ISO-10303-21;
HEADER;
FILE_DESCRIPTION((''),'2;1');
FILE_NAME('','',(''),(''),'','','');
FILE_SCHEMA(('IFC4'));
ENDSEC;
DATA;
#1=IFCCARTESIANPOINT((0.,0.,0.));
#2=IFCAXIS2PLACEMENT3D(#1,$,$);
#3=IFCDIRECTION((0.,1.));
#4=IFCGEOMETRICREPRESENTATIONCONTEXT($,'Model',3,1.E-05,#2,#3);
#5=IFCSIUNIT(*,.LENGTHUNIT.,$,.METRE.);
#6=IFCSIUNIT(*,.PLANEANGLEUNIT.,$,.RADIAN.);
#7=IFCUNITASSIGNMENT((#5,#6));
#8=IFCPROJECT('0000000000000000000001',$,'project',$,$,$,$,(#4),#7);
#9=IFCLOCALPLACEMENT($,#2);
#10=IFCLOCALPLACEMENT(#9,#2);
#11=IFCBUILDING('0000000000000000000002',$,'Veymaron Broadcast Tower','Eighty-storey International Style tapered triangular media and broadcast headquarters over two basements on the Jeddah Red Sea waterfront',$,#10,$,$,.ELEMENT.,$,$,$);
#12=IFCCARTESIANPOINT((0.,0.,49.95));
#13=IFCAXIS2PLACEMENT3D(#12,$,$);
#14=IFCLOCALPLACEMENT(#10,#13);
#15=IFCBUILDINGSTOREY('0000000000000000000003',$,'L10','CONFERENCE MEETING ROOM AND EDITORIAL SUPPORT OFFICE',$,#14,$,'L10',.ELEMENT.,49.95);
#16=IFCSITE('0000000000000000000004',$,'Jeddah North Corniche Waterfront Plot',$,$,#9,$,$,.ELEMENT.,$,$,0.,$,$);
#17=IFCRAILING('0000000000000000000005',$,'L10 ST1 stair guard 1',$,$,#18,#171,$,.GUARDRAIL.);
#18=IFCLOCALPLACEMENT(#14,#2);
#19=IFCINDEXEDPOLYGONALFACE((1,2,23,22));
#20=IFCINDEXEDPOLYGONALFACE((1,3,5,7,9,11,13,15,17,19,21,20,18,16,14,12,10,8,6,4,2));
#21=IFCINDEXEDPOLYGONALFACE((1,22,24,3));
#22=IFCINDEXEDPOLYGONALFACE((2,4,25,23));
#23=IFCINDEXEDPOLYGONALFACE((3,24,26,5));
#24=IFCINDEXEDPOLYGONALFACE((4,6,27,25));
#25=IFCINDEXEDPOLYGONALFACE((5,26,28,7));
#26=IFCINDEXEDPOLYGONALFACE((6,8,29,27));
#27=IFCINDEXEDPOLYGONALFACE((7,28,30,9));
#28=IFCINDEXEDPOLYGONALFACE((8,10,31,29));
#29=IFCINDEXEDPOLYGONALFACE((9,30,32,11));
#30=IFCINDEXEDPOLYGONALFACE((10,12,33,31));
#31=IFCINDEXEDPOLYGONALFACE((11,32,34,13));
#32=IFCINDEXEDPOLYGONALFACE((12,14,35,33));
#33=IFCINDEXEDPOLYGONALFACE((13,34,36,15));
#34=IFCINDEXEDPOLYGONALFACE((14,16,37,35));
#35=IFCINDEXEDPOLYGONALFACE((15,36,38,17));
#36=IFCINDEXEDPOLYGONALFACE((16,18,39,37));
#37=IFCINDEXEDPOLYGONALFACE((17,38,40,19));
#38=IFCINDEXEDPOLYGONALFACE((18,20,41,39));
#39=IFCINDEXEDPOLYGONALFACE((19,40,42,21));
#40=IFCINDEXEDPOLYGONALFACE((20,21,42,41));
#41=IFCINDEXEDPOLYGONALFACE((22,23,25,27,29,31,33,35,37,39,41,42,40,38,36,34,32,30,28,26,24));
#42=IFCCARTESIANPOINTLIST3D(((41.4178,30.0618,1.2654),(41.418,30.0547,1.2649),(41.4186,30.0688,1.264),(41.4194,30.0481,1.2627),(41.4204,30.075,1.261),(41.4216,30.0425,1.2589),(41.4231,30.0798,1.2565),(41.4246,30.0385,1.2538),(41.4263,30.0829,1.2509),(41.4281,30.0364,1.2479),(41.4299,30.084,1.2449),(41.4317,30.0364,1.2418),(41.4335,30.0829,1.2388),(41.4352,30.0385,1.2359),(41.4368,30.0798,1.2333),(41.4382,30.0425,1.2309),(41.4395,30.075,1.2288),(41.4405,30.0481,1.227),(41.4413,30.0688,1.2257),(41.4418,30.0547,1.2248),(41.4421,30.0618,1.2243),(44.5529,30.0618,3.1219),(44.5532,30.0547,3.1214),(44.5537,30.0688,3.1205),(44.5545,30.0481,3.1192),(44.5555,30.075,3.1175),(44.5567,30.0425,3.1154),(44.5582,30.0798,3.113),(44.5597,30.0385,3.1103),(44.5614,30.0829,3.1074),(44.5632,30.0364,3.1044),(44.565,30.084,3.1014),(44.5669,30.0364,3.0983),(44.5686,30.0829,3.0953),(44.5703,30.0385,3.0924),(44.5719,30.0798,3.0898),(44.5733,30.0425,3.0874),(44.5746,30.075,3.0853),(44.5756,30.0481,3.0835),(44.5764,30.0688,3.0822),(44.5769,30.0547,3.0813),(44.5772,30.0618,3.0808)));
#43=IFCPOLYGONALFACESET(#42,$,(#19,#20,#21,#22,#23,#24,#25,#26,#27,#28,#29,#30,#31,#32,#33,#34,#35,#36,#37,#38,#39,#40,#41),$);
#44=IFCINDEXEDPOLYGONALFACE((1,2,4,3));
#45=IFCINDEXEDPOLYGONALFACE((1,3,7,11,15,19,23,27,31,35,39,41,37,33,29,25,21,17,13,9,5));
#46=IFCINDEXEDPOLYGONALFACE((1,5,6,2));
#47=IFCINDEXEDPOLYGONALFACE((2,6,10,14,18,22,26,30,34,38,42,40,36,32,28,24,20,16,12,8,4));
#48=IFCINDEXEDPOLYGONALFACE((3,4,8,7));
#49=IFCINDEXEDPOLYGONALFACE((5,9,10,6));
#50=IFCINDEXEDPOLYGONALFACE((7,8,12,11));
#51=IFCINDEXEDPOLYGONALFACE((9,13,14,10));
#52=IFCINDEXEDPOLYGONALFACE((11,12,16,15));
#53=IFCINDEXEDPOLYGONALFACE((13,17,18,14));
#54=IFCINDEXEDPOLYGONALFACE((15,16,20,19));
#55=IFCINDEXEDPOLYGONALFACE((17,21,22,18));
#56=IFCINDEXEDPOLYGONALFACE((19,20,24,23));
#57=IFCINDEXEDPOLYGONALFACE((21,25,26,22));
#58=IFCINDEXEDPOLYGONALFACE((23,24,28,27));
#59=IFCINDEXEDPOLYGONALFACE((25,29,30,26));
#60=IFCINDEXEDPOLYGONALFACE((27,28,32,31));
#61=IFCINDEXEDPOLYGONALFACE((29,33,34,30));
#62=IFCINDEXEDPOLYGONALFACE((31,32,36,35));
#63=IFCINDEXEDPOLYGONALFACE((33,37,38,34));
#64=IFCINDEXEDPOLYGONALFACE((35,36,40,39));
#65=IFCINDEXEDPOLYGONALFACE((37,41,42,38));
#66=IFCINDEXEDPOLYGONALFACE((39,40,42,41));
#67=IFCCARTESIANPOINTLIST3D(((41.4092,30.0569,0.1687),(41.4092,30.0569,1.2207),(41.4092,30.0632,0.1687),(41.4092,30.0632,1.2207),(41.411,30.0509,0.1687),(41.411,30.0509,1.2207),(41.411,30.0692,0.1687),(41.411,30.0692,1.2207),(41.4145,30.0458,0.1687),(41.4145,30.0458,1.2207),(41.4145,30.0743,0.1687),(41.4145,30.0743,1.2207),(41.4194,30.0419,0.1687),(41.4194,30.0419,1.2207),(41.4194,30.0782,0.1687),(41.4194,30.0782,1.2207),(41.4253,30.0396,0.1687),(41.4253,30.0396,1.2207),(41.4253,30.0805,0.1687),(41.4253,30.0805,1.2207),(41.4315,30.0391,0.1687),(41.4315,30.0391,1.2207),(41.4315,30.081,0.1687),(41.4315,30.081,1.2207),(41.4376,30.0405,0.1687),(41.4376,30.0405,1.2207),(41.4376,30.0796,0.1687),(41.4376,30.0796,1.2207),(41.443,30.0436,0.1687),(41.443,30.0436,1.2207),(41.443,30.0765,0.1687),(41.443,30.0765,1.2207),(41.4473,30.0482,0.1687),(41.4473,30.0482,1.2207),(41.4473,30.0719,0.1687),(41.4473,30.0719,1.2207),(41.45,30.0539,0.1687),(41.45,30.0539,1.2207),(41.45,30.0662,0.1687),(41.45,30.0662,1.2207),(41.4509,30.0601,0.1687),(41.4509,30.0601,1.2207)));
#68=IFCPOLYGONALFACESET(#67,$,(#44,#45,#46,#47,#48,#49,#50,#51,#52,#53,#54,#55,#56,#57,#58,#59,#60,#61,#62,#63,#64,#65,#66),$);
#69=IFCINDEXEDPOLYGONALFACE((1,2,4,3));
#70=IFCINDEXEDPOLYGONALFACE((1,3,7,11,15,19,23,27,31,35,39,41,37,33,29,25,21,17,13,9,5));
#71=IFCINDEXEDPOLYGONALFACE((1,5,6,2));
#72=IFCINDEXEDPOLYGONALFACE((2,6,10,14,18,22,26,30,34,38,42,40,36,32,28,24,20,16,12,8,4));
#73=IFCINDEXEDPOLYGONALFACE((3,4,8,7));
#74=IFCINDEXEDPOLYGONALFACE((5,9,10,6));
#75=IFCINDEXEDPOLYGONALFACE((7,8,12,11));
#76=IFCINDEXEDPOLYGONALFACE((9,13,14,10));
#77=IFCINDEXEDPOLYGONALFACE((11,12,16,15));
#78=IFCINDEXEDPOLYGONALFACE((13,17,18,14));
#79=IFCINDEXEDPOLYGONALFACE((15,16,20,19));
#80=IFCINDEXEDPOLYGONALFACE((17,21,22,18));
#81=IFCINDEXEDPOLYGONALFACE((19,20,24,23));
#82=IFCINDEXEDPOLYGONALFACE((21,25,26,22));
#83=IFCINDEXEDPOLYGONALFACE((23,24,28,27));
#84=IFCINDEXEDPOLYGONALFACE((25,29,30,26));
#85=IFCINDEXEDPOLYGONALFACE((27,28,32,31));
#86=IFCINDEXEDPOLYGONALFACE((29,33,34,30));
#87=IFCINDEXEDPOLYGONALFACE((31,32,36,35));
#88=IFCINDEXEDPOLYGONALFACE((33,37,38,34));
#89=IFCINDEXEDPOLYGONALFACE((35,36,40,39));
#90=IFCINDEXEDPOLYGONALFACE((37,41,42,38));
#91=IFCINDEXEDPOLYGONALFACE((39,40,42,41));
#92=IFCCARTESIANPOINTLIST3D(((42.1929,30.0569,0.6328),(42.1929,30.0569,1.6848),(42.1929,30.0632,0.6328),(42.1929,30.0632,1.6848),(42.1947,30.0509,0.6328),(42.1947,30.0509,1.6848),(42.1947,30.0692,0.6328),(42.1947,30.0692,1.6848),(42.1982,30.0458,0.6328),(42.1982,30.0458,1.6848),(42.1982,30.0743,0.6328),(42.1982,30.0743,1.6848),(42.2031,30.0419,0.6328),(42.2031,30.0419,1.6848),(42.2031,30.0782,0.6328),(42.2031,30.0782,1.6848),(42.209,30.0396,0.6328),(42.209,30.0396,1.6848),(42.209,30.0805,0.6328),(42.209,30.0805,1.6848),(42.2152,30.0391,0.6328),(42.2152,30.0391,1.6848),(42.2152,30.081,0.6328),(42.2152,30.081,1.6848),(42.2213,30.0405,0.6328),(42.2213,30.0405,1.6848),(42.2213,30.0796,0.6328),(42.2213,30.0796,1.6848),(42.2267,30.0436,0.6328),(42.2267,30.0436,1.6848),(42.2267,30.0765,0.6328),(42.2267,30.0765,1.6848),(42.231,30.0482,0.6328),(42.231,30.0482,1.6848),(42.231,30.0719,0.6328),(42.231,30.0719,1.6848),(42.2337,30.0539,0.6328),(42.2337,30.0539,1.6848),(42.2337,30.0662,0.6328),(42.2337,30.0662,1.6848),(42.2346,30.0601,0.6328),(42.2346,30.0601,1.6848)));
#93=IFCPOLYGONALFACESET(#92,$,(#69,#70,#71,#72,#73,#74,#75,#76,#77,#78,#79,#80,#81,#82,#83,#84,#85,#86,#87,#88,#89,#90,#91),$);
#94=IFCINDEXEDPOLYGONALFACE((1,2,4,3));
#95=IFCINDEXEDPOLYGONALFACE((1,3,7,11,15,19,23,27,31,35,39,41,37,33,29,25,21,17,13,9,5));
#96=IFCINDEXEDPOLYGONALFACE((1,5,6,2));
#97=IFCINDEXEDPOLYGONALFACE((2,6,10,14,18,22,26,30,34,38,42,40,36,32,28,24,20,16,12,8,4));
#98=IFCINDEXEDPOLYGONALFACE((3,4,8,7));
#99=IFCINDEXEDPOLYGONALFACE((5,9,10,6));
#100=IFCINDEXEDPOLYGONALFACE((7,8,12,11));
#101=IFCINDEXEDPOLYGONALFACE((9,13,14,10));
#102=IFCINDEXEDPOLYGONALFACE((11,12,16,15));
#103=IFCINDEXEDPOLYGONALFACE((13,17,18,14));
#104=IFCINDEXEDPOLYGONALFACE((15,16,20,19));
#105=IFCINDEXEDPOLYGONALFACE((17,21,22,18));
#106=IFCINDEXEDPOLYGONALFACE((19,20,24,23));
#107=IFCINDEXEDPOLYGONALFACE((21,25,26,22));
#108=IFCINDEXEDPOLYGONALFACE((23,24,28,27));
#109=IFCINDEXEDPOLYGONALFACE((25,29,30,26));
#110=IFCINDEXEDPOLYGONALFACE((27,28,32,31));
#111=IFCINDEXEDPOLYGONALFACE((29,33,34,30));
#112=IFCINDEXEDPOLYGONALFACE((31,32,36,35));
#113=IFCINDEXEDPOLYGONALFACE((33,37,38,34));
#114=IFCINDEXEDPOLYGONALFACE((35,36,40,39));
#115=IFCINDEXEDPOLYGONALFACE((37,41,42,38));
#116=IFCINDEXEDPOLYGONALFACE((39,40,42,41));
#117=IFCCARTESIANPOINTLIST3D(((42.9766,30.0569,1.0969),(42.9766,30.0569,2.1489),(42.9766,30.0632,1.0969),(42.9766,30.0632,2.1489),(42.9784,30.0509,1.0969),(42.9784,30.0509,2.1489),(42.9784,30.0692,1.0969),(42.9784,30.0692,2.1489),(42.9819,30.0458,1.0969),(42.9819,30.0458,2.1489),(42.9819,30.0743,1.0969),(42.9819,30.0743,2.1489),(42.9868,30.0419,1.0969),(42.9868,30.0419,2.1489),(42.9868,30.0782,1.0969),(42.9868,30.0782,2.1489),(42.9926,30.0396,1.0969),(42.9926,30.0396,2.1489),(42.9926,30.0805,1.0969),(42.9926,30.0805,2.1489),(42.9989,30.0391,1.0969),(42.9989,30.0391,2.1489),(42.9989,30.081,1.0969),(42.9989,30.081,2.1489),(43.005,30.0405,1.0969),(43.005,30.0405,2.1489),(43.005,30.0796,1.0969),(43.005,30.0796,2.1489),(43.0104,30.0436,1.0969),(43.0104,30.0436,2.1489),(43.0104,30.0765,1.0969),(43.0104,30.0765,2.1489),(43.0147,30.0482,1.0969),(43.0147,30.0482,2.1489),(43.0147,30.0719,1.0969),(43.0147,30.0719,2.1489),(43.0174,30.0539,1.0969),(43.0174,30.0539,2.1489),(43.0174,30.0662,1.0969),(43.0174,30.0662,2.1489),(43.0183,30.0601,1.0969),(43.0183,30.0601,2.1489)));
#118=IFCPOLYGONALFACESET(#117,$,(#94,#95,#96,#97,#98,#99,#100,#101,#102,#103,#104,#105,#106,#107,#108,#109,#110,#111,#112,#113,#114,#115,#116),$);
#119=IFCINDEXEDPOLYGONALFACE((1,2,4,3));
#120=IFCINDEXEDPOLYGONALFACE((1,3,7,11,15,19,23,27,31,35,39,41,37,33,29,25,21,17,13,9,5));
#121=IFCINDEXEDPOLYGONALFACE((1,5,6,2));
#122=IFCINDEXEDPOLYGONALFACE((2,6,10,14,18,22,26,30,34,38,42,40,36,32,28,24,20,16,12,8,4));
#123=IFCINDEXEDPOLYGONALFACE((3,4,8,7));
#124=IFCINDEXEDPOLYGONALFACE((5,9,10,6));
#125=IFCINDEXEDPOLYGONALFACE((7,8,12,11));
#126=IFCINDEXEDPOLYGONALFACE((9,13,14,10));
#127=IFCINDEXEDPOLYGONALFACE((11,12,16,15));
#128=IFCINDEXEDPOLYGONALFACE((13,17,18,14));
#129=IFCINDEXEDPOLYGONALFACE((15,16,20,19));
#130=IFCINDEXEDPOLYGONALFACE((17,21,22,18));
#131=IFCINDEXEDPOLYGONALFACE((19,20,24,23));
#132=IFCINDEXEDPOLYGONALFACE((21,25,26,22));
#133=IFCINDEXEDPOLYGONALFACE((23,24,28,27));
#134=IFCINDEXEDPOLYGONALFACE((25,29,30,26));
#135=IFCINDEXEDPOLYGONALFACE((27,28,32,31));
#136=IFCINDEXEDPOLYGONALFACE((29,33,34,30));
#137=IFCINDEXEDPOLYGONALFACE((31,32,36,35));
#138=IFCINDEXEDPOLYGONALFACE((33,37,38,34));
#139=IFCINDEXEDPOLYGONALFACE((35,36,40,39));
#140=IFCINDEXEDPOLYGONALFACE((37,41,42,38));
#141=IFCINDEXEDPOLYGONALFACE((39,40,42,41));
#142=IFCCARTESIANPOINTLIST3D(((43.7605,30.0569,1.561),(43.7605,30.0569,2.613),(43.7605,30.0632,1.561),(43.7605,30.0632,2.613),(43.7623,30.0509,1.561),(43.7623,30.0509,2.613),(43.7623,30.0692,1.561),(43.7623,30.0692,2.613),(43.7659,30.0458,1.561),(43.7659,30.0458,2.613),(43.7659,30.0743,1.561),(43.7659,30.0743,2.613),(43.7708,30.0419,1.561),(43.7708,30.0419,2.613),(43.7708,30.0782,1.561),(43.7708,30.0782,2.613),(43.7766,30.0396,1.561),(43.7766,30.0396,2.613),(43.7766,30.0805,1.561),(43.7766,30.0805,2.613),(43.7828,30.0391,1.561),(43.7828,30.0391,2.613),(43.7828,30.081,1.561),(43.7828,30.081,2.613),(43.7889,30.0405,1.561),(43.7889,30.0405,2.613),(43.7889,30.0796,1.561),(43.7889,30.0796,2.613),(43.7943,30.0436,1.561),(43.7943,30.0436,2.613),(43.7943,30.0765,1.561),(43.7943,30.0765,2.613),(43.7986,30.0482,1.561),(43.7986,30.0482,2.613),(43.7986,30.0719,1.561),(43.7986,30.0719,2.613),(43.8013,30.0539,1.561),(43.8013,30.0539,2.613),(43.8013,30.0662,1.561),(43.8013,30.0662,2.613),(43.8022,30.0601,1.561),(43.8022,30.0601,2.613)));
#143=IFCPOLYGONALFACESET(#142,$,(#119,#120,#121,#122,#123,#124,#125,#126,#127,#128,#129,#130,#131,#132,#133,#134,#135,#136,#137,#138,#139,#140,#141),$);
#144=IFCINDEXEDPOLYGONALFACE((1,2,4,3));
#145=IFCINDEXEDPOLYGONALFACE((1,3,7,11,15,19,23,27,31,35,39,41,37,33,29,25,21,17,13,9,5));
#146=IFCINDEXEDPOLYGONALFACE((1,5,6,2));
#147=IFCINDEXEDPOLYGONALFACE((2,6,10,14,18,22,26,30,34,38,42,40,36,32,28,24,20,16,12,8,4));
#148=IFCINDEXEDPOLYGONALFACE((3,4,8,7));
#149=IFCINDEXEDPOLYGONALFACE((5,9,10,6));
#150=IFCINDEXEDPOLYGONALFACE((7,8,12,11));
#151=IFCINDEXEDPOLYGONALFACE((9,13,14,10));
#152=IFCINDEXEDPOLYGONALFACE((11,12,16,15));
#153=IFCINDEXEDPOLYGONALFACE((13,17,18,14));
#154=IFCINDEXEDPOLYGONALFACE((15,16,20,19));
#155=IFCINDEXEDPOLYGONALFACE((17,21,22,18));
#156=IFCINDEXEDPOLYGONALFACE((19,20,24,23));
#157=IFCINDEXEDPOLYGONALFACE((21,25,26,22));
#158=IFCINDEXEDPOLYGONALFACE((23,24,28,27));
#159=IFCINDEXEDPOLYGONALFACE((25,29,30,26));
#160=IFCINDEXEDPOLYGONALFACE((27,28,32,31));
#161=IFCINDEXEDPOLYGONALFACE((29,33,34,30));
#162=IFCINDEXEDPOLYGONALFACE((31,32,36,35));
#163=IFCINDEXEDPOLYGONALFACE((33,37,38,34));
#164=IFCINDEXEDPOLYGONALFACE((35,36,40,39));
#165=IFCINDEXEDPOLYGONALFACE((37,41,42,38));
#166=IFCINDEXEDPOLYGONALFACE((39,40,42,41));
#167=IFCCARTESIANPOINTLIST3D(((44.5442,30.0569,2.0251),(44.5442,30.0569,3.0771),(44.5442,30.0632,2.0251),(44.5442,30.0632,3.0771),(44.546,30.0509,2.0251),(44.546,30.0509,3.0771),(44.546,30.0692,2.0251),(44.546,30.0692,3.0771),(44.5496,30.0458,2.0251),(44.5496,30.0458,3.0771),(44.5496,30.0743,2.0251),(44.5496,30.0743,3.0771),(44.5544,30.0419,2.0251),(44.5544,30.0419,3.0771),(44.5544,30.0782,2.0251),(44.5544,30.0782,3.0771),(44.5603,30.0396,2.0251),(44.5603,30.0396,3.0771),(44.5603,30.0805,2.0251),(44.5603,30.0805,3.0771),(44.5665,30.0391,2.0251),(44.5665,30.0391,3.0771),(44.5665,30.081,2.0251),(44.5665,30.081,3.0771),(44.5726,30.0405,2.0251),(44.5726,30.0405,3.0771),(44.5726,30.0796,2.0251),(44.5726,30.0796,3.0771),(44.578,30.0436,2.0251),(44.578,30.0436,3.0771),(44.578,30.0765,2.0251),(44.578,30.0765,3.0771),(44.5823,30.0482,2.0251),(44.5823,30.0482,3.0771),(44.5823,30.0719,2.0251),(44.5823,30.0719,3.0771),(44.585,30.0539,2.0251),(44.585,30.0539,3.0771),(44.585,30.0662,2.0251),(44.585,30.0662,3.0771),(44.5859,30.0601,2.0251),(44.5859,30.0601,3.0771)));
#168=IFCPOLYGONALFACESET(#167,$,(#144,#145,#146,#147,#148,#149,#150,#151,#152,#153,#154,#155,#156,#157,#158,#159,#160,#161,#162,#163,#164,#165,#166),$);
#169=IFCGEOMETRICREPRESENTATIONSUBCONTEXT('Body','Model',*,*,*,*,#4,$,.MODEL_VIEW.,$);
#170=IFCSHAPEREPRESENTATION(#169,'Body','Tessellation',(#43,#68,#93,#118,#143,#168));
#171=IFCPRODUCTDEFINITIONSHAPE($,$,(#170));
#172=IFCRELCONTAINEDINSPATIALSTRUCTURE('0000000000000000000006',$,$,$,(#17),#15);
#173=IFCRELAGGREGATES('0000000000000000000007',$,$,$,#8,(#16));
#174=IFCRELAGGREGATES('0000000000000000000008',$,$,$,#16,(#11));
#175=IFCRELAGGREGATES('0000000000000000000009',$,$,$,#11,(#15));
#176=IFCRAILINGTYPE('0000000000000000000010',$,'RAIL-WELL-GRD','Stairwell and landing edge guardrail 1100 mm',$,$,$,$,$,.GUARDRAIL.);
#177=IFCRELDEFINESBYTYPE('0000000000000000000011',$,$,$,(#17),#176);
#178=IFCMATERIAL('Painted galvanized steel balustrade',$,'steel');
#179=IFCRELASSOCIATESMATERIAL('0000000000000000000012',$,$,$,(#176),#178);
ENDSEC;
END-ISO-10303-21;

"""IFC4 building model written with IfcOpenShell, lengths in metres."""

from ifc_helpers import new_model, si_unit, direction, frame, origin, origin_2d, place, context, subcontext, project, spatial, circle, extrude, material, type_object, element, save


model = new_model("IFC4")

# Units and contexts
model_context = context("Model", 3, precision=1e-05, world=origin(), true_north=direction((0.0, 1.0)))
body_context = subcontext(model_context, "Body", "Model", "MODEL_VIEW")
ifc_project = project(units=[si_unit("LENGTHUNIT", "METRE"), si_unit("PLANEANGLEUNIT", "RADIAN")], contexts=[model_context])

# Site, building, storey
site_placement = place(None, origin())
site = spatial("IfcSite", under=ifc_project, at=site_placement, Name="Jeddah North Corniche Waterfront Plot", CompositionType="ELEMENT", RefElevation=0.0)
building_placement = place(site_placement, origin())
building = spatial("IfcBuilding", under=site, at=building_placement, Name="Veymaron Broadcast Tower", Description="Eighty-storey International Style tapered triangular media and broadcast headquarters over two basements on the Jeddah Red Sea waterfront", CompositionType="ELEMENT")
storey_placement = place(building_placement, frame((0.0, 0.0, 49.95)))
storey = spatial("IfcBuildingStorey", under=building, at=storey_placement, Name="L10", Description="CONFERENCE MEETING ROOM AND EDITORIAL SUPPORT OFFICE", LongName="L10", CompositionType="ELEMENT", Elevation=49.95)

# Railing
ifc_material_1 = material(Name="Painted galvanized steel balustrade", Category="steel")
railing_type_1 = type_object("IfcRailingType", Name="RAIL-WELL-GRD", Description="Stairwell and landing edge guardrail 1100 mm", PredefinedType="GUARDRAIL", material=ifc_material_1)
railing_1_placement = place(storey_placement, frame((41.4299, 30.0601, 0.1687)))
element("IfcRailing", 1, at=railing_1_placement, inside=storey, type_object=railing_type_1, Name="L10 ST1 stair guard 1", PredefinedType="GUARDRAIL", context=body_context, shape_type="SweptSolid", body=[
    extrude(circle(Radius=0.0239, at=origin_2d()), frame((0.0, 0.0, 1.0762), z_axis=(0.860453, 0.0, 0.509531), x_axis=(0.0, 1.0, 0.0)), (0.0, 0.0, 1.0), 3.6436),
    extrude(circle(Radius=0.021, at=origin_2d()), origin(), (0.0, 0.0, 1.0), 1.052),
    extrude(circle(Radius=0.021, at=origin_2d()), frame((0.7837, 0.0, 0.4641)), (0.0, 0.0, 1.0), 1.052),
    extrude(circle(Radius=0.021, at=origin_2d()), frame((1.5674, 0.0, 0.9282)), (0.0, 0.0, 1.0), 1.052),
    extrude(circle(Radius=0.021, at=origin_2d()), frame((2.3513, 0.0, 1.3923)), (0.0, 0.0, 1.0), 1.052),
    extrude(circle(Radius=0.021, at=origin_2d()), frame((3.135, 0.0, 1.8564)), (0.0, 0.0, 1.0), 1.052),
])

save(model, "model.ifc")
